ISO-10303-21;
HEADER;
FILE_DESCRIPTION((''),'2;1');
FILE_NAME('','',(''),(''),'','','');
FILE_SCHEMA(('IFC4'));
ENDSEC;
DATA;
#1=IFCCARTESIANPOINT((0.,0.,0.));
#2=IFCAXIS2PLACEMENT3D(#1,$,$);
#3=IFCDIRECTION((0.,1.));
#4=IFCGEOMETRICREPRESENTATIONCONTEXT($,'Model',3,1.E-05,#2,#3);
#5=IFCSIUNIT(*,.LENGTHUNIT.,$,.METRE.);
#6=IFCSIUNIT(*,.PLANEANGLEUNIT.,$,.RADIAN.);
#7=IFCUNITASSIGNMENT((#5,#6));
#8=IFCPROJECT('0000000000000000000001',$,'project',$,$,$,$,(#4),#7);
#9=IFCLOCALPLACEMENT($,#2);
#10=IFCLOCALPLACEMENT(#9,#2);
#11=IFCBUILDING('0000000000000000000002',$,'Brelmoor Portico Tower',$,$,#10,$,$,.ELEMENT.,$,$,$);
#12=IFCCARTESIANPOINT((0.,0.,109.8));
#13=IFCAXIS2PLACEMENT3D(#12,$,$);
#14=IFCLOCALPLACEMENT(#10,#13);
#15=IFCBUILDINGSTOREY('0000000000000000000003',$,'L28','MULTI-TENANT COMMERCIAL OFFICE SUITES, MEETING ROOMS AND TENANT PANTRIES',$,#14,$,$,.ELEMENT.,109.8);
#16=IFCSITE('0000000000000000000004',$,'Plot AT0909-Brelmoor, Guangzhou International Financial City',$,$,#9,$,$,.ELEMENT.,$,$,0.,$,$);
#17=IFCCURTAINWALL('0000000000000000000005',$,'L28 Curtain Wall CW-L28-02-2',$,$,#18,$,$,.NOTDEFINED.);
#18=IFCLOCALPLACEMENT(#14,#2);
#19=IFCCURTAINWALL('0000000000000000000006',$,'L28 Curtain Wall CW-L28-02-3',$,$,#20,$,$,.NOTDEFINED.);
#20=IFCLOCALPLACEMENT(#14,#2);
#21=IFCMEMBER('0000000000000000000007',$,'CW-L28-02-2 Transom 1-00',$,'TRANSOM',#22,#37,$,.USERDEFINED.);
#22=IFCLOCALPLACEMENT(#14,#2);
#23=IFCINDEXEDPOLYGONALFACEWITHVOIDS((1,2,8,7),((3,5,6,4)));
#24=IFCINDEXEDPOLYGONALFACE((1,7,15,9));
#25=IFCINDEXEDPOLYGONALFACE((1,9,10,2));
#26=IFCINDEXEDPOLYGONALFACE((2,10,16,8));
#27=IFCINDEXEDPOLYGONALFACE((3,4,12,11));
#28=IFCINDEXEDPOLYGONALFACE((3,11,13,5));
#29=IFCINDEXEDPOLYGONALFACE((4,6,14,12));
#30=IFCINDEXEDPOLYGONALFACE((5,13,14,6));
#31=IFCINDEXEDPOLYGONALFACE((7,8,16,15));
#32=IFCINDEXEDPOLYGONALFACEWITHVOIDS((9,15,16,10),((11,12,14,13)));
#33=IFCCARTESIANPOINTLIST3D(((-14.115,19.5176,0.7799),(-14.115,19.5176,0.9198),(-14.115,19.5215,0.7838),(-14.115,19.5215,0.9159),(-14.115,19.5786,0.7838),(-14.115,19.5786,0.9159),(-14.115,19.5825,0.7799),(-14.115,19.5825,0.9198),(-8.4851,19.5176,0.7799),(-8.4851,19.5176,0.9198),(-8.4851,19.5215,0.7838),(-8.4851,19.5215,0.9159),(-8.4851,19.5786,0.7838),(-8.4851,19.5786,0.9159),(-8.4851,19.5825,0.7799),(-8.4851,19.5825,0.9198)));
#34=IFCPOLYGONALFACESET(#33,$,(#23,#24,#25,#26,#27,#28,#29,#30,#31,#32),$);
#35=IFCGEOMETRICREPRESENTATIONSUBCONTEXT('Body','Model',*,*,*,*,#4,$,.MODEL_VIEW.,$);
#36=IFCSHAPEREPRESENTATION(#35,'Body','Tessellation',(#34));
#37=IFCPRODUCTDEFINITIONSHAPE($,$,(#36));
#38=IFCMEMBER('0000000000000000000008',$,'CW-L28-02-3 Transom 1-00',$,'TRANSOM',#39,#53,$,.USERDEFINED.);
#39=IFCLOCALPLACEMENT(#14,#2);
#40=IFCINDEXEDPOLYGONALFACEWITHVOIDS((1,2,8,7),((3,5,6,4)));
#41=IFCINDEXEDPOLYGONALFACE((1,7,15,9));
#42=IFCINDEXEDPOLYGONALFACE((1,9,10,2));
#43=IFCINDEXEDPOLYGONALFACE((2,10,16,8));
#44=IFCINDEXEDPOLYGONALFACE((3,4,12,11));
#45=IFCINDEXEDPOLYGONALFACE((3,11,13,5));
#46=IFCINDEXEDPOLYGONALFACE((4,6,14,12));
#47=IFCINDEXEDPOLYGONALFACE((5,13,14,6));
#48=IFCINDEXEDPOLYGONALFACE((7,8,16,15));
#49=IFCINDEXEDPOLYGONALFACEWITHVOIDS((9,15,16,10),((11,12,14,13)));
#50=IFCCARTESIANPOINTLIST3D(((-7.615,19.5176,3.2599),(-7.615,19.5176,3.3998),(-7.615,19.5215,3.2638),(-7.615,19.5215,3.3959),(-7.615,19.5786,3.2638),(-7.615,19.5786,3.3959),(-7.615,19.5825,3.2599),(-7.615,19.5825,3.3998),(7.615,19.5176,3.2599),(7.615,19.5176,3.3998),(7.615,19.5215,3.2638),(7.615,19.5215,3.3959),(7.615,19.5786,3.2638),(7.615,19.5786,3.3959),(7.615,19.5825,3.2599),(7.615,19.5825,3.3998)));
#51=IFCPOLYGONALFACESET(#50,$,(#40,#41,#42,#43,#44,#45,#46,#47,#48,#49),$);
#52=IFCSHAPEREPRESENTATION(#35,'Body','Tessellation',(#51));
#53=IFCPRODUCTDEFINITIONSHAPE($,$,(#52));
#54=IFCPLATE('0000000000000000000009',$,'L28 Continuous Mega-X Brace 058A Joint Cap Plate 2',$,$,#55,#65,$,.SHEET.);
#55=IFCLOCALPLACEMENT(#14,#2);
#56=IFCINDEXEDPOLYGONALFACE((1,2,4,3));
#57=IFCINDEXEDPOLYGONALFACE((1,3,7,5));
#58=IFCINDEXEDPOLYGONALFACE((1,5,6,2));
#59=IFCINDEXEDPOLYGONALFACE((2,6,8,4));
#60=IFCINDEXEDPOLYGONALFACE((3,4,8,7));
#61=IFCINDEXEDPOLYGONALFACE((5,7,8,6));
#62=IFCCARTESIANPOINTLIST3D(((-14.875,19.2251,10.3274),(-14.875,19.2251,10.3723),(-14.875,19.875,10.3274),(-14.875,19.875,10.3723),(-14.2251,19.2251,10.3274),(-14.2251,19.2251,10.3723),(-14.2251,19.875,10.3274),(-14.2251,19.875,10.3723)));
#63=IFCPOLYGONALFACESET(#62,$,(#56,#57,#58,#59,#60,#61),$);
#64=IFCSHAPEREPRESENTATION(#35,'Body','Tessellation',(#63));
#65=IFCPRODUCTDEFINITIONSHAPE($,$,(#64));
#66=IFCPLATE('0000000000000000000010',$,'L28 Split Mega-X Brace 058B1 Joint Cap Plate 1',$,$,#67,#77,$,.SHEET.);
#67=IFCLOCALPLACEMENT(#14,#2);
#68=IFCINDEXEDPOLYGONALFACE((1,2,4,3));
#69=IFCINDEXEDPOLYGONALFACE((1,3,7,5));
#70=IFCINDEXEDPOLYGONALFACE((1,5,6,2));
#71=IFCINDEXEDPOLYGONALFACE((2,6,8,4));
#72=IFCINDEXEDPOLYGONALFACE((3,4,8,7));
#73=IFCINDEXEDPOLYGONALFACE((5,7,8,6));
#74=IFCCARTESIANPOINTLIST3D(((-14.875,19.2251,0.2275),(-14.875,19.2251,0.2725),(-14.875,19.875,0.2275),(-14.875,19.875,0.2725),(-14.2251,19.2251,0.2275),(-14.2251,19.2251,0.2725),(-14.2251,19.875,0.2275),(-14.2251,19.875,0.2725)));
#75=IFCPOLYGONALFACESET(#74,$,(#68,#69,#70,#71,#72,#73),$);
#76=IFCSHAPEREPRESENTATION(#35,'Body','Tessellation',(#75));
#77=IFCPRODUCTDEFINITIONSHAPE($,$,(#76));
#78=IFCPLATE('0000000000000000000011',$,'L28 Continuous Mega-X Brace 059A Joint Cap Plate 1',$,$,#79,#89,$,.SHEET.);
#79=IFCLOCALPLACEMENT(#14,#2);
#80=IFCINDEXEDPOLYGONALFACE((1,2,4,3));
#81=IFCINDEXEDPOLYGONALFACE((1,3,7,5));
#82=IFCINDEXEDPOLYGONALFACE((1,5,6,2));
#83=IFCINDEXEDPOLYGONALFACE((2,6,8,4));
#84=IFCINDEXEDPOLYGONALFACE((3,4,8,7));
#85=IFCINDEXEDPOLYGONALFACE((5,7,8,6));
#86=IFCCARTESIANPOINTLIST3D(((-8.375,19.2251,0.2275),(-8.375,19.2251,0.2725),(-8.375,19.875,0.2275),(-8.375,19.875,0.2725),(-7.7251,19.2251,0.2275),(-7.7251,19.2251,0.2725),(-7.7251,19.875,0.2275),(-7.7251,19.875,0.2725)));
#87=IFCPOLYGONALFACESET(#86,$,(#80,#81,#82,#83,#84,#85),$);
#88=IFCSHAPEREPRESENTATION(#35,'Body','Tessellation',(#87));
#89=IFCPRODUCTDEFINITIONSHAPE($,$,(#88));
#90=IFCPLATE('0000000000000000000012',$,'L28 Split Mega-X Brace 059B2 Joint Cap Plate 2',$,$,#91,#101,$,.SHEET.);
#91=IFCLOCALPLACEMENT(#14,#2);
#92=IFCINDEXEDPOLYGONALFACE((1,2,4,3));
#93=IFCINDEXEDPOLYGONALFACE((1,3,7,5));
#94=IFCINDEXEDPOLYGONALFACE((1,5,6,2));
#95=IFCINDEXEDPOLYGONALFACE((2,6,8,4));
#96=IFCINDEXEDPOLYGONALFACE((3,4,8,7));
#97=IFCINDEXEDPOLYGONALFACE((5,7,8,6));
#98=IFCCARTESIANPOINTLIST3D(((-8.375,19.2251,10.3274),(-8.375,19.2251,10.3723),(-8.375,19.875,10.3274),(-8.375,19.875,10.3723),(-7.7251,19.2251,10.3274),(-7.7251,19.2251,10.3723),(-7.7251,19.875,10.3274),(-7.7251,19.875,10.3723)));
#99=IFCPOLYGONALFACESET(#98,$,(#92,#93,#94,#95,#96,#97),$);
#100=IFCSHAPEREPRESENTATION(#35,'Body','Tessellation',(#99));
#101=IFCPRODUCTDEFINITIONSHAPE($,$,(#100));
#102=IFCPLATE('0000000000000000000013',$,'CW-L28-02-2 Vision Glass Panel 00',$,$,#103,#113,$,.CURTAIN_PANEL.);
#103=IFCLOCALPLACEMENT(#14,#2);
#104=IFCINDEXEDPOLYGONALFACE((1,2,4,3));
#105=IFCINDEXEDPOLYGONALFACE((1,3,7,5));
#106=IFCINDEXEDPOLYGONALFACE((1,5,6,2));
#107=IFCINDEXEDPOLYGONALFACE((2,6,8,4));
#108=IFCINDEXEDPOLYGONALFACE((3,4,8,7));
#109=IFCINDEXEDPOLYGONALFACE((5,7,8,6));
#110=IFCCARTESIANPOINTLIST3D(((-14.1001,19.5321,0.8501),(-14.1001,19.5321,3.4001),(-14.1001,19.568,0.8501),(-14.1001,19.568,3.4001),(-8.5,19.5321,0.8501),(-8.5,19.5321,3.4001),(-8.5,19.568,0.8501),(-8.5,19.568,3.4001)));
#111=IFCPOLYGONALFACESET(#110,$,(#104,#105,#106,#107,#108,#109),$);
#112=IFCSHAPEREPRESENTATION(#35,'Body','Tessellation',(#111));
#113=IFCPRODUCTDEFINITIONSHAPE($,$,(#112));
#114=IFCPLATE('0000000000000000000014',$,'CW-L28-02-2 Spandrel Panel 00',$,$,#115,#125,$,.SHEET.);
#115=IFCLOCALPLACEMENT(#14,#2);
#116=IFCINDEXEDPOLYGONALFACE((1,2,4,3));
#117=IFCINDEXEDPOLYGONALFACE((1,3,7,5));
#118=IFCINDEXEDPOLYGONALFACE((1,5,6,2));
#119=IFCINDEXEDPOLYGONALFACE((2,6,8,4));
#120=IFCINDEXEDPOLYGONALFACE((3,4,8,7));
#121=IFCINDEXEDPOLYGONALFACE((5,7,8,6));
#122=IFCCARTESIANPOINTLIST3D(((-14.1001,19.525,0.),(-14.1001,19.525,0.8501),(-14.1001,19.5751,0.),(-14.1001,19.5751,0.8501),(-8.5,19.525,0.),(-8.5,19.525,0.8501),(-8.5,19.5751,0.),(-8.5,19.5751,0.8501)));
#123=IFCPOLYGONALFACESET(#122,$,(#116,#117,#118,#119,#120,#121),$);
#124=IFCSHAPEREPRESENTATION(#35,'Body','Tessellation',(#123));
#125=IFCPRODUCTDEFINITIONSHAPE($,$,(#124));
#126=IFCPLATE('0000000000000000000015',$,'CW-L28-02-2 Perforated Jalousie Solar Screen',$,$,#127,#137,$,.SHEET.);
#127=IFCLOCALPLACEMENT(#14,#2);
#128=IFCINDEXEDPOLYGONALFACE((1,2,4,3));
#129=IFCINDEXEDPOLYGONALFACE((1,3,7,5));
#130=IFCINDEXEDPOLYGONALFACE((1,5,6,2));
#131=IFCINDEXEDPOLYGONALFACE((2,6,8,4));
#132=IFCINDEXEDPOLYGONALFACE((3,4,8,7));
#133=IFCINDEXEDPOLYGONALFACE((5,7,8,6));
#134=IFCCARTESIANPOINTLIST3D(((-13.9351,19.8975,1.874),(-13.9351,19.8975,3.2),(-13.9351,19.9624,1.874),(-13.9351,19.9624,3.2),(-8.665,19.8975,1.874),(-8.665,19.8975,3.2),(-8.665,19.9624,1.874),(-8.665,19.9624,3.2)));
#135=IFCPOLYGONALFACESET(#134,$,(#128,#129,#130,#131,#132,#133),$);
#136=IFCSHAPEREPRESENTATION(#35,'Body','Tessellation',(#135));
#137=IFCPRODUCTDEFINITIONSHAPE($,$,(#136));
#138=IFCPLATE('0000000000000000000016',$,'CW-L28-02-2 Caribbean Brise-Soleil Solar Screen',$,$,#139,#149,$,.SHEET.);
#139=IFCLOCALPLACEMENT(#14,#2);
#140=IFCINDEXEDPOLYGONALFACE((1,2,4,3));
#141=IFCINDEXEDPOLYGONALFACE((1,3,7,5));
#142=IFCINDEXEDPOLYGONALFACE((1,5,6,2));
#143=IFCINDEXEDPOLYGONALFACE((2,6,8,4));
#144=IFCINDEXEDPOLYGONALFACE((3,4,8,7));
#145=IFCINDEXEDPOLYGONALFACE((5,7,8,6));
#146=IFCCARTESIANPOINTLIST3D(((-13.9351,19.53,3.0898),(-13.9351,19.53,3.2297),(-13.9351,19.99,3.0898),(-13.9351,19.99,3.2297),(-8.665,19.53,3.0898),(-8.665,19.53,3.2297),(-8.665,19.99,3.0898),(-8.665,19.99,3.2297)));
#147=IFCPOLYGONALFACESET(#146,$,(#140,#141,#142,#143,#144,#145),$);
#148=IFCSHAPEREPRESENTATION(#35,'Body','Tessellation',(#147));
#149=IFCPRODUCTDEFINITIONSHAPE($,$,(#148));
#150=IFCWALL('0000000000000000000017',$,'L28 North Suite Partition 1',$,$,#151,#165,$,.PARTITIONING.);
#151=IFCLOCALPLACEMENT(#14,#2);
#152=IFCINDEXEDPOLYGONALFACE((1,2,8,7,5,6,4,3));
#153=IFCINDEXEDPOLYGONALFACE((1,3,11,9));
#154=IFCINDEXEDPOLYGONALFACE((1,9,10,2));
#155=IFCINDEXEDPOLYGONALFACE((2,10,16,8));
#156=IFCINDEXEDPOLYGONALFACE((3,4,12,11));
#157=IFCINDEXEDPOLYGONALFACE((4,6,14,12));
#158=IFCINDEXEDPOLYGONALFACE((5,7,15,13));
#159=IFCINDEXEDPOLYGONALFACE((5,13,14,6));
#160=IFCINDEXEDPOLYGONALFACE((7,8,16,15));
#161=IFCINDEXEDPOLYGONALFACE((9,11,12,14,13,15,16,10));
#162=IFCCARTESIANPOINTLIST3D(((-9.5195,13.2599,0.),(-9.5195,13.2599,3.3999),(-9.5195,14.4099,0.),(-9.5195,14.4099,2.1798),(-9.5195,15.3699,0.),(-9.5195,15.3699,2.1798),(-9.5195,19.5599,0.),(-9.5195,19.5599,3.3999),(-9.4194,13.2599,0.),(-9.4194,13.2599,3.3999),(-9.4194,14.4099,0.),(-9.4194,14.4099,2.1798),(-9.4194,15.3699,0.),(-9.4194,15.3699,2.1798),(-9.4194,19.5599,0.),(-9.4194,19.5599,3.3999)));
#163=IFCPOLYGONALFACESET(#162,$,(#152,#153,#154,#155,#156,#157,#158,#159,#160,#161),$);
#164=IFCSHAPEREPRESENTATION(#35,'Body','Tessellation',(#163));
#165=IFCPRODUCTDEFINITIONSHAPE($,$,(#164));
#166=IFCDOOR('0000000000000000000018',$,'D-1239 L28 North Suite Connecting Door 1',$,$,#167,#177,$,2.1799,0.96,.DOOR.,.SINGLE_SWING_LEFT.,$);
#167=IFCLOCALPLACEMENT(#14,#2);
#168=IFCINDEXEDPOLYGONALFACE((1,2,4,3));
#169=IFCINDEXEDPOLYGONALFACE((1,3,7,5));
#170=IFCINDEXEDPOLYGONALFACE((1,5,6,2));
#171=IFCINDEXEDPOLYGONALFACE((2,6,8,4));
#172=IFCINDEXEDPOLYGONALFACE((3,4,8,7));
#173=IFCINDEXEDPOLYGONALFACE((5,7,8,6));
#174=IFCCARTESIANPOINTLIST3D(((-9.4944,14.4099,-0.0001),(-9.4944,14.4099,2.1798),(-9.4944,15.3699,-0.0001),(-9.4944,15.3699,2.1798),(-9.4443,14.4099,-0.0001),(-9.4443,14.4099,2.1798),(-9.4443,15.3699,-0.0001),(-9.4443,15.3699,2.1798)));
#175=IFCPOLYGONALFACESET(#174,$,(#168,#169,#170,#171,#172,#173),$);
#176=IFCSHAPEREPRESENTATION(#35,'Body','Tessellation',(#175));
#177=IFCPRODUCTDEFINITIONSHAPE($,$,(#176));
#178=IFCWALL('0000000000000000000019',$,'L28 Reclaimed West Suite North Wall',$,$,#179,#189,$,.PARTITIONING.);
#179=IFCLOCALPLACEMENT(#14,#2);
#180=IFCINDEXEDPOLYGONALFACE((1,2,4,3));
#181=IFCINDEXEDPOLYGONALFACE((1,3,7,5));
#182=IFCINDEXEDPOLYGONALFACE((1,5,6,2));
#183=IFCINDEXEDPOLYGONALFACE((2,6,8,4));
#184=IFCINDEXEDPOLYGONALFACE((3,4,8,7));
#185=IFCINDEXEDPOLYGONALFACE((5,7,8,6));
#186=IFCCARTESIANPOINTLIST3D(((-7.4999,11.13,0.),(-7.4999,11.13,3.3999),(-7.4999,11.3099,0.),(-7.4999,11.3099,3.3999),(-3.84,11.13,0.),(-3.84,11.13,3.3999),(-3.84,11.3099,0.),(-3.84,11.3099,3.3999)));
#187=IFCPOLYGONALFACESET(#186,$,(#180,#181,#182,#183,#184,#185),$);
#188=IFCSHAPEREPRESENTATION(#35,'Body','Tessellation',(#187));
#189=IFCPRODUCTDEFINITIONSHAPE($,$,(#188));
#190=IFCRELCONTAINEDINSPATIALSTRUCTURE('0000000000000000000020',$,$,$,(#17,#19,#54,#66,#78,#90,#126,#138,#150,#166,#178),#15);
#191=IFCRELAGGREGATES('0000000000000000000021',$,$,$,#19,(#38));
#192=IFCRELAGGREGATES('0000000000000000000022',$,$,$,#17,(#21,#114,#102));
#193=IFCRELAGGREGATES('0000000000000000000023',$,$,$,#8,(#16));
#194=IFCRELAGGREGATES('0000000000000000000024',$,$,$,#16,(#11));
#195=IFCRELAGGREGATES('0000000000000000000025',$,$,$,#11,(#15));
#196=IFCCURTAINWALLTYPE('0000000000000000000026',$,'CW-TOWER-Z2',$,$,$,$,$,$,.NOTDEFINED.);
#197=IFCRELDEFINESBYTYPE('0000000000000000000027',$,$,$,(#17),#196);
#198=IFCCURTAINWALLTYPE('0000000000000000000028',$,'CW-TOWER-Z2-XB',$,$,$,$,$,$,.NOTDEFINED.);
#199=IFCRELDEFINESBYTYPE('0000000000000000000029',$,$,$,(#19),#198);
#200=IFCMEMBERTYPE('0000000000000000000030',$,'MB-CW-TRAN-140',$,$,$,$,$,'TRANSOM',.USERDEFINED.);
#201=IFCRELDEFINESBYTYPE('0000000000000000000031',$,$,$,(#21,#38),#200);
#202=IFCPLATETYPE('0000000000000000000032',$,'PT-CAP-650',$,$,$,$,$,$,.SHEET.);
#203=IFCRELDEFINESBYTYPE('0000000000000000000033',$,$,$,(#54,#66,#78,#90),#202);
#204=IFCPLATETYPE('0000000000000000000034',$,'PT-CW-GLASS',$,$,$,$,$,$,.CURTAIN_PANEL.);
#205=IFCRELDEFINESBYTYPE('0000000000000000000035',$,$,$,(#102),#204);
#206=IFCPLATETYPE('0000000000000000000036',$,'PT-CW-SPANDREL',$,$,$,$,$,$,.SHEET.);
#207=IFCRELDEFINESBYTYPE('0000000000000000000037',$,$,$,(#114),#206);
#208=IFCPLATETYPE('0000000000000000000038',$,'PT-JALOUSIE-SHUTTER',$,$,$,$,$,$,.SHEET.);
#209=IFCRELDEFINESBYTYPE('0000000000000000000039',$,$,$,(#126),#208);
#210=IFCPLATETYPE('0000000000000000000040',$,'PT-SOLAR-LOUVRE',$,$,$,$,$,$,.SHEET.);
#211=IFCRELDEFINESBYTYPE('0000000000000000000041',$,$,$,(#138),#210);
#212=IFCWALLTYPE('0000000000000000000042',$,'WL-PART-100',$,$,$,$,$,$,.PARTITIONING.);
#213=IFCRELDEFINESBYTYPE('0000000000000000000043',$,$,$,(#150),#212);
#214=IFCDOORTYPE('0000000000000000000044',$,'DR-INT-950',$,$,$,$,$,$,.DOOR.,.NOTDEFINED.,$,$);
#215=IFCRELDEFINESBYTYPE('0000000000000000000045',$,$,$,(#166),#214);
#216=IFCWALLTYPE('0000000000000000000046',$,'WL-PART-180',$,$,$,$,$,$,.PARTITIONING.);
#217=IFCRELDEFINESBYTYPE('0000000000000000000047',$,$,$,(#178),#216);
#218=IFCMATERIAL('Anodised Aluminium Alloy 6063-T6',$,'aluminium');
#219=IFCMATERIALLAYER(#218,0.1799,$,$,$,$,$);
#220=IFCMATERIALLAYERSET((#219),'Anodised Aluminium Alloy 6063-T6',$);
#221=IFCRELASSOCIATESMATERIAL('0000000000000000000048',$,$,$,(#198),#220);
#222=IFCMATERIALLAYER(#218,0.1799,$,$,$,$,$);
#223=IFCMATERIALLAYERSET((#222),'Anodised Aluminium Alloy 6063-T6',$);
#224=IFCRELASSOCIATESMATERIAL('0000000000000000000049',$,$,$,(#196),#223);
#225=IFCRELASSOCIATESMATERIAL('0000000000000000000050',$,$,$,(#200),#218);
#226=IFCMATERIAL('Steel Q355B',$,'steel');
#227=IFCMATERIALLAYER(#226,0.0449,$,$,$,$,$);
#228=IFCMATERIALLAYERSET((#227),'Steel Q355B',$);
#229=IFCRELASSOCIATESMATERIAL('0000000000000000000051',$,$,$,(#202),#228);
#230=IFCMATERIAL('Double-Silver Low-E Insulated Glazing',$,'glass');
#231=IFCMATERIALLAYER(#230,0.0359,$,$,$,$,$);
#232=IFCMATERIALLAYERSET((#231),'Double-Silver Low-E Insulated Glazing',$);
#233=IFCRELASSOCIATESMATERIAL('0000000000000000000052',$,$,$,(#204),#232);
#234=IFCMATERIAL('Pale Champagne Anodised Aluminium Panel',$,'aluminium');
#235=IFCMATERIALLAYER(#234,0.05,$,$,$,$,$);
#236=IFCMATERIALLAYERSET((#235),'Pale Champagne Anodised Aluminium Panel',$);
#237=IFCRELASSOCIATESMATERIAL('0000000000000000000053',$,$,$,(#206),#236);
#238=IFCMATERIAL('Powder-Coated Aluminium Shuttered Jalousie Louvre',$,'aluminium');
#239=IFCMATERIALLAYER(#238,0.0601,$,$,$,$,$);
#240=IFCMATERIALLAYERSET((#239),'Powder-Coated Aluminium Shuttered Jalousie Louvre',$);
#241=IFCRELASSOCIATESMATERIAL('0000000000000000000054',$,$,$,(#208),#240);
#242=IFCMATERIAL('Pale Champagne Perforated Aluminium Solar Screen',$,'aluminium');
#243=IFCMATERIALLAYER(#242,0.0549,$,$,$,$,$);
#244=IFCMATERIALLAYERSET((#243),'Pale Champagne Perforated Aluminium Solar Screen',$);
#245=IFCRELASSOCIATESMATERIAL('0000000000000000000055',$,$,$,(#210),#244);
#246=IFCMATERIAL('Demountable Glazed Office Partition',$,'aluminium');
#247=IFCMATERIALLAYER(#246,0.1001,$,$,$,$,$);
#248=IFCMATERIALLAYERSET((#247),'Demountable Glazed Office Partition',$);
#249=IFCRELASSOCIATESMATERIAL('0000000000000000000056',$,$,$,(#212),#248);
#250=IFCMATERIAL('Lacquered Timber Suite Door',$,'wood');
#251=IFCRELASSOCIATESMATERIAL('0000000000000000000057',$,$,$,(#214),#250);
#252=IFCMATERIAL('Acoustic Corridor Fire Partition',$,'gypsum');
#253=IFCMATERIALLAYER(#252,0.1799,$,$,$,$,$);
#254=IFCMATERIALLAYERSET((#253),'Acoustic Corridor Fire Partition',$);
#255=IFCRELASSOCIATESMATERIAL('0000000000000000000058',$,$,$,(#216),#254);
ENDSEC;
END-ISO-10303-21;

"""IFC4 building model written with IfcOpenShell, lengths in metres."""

from ifc_helpers import new_model, si_unit, direction, frame, frame_2d, origin, origin_2d, place, context, subcontext, project, spatial, rectangle, hollow_rectangle, extrude, material, layer, layer_set, material_profile, profile_set, type_object, element, fill, aggregate, save


model = new_model("IFC4")

# Units and contexts
model_context = context("Model", 3, precision=1e-05, world=origin(), true_north=direction((0.0, 1.0)))
body_context = subcontext(model_context, "Body", "Model", "MODEL_VIEW")
ifc_project = project(units=[si_unit("LENGTHUNIT", "METRE"), si_unit("PLANEANGLEUNIT", "RADIAN")], contexts=[model_context])

# Site, building, storey
site_placement = place(None, origin())
site = spatial("IfcSite", under=ifc_project, at=site_placement, Name="Plot AT0909-Brelmoor, Guangzhou International Financial City", CompositionType="ELEMENT", RefElevation=0.0)
building_placement = place(site_placement, origin())
building = spatial("IfcBuilding", under=site, at=building_placement, Name="Brelmoor Portico Tower", CompositionType="ELEMENT")
storey_placement = place(building_placement, frame((0.0, 0.0, 109.8)))
storey = spatial("IfcBuildingStorey", under=building, at=storey_placement, Name="L28", Description="MULTI-TENANT COMMERCIAL OFFICE SUITES, MEETING ROOMS AND TENANT PANTRIES", CompositionType="ELEMENT", Elevation=109.8)

# Shared definitions
ifc_material_1 = material(Name="Steel Q355B", Category="steel")

# Shared definitions
ifc_material_2 = material(Name="Anodised Aluminium Alloy 6063-T6", Category="aluminium")
ifc_layer_1 = layer(ifc_material_2, 0.1799)
ifc_layer_set_1 = layer_set([ifc_layer_1], Name="Anodised Aluminium Alloy 6063-T6")
curtain_wall_type_1 = type_object("IfcCurtainWallType", Name="CW-TOWER-Z2-XB", PredefinedType="NOTDEFINED", material=ifc_layer_set_1)

# Curtain wall
ifc_layer_2 = layer(ifc_material_2, 0.1799)
ifc_layer_set_2 = layer_set([ifc_layer_2], Name="Anodised Aluminium Alloy 6063-T6")
curtain_wall_type_2 = type_object("IfcCurtainWallType", Name="CW-TOWER-Z2", PredefinedType="NOTDEFINED", material=ifc_layer_set_2)
curtain_wall_1_placement = place(storey_placement, origin())
curtain_wall_1 = element("IfcCurtainWall", 1, at=curtain_wall_1_placement, inside=storey, type_object=curtain_wall_type_2, Name="L28 Curtain Wall CW-L28-02-2", PredefinedType="NOTDEFINED")

# Curtain wall
curtain_wall_2_placement = place(storey_placement, origin())
curtain_wall_2 = element("IfcCurtainWall", 2, at=curtain_wall_2_placement, inside=storey, type_object=curtain_wall_type_1, Name="L28 Curtain Wall CW-L28-02-3", PredefinedType="NOTDEFINED")

# Members
ifc_material_profile_1 = material_profile(ifc_material_2, hollow_rectangle(XDim=0.0649, YDim=0.1399, WallThickness=0.0039, at=origin_2d()), Name="ALU TRANSOM 65x140")
ifc_profile_set_1 = profile_set([ifc_material_profile_1], Name="Anodised Aluminium Alloy 6063-T6")
member_type_1 = type_object("IfcMemberType", Name="MB-CW-TRAN-140", ElementType="TRANSOM", PredefinedType="USERDEFINED", material=ifc_profile_set_1)
member_1_placement = place(storey_placement, frame((-14.115, 19.55, 0.8499), z_axis=(1.0, 0.0, 0.0), x_axis=(0.0, 1.0, 0.0)))
member_1 = element("IfcMember", 3, at=member_1_placement, type_object=member_type_1, Name="CW-L28-02-2 Transom 1-00", ObjectType="TRANSOM", PredefinedType="USERDEFINED", context=body_context, shape_type="SweptSolid", body=[
    extrude(hollow_rectangle(XDim=0.0649, YDim=0.1399, WallThickness=0.0039, at=origin_2d()), origin(), (0.0, 0.0, 1.0), 5.6299),
])
member_2_placement = place(storey_placement, frame((-7.615, 19.55, 3.3298), z_axis=(1.0, 0.0, 0.0), x_axis=(0.0, 1.0, 0.0)))
member_2 = element("IfcMember", 4, at=member_2_placement, type_object=member_type_1, Name="CW-L28-02-3 Transom 1-00", ObjectType="TRANSOM", PredefinedType="USERDEFINED", context=body_context, shape_type="SweptSolid", body=[
    extrude(hollow_rectangle(XDim=0.0649, YDim=0.1399, WallThickness=0.0039, at=origin_2d()), origin(), (0.0, 0.0, 1.0), 15.23),
])
aggregate(curtain_wall_2, [member_2])

# Plates
ifc_layer_3 = layer(ifc_material_1, 0.0449)
ifc_layer_set_3 = layer_set([ifc_layer_3], Name="Steel Q355B")
plate_type_1 = type_object("IfcPlateType", Name="PT-CAP-650", PredefinedType="SHEET", material=ifc_layer_set_3)
for number, where, z_axis, x_axis, name in (
    (5, (-14.55, 19.55, 10.3274), (0.0, 0.0, 1.0), (1.0, 0.0, 0.0), "L28 Continuous Mega-X Brace 058A Joint Cap Plate 2"),
    (6, (-14.55, 19.55, 0.2275), (0.0, 0.0, 1.0), (1.0, 0.0, 0.0), "L28 Split Mega-X Brace 058B1 Joint Cap Plate 1"),
    (7, (-8.05, 19.55, 0.2275), (0.0, 0.0, 1.0), (1.0, 0.0, 0.0), "L28 Continuous Mega-X Brace 059A Joint Cap Plate 1"),
    (8, (-8.05, 19.55, 10.3274), (0.0, 0.0, 1.0), (1.0, 0.0, 0.0), "L28 Split Mega-X Brace 059B2 Joint Cap Plate 2"),
):
    element("IfcPlate", number, at=place(storey_placement, frame(where, z_axis=z_axis, x_axis=x_axis)), inside=storey, type_object=plate_type_1, Name=name, PredefinedType="SHEET", context=body_context, shape_type="SweptSolid", body=[
        extrude(rectangle(XDim=0.6499, YDim=0.6499, at=origin_2d()), origin(), (0.0, 0.0, 1.0), 0.0449),
    ])

# Plates
ifc_material_3 = material(Name="Double-Silver Low-E Insulated Glazing", Category="glass")
ifc_layer_4 = layer(ifc_material_3, 0.0359)
ifc_layer_set_4 = layer_set([ifc_layer_4], Name="Double-Silver Low-E Insulated Glazing")
plate_type_2 = type_object("IfcPlateType", Name="PT-CW-GLASS", PredefinedType="CURTAIN_PANEL", material=ifc_layer_set_4)
plate_1_placement = place(storey_placement, frame((-11.3, 19.55, 0.8501), z_axis=(0.0, 0.0, 1.0), x_axis=(1.0, 0.0, 0.0)))
plate_1 = element("IfcPlate", 9, at=plate_1_placement, type_object=plate_type_2, Name="CW-L28-02-2 Vision Glass Panel 00", PredefinedType="CURTAIN_PANEL", context=body_context, shape_type="SweptSolid", body=[
    extrude(rectangle(XDim=5.6001, YDim=0.0359, at=origin_2d()), origin(), (0.0, 0.0, 1.0), 2.55),
])
ifc_material_4 = material(Name="Pale Champagne Anodised Aluminium Panel", Category="aluminium")
ifc_layer_5 = layer(ifc_material_4, 0.05)
ifc_layer_set_5 = layer_set([ifc_layer_5], Name="Pale Champagne Anodised Aluminium Panel")
plate_type_3 = type_object("IfcPlateType", Name="PT-CW-SPANDREL", PredefinedType="SHEET", material=ifc_layer_set_5)
plate_2_placement = place(storey_placement, frame((-11.3, 19.55, 0.0), z_axis=(0.0, 0.0, 1.0), x_axis=(1.0, 0.0, 0.0)))
plate_2 = element("IfcPlate", 10, at=plate_2_placement, type_object=plate_type_3, Name="CW-L28-02-2 Spandrel Panel 00", PredefinedType="SHEET", context=body_context, shape_type="SweptSolid", body=[
    extrude(rectangle(XDim=5.6001, YDim=0.05, at=origin_2d()), origin(), (0.0, 0.0, 1.0), 0.8501),
])
aggregate(curtain_wall_1, [member_1, plate_2, plate_1])

# Plates
ifc_material_5 = material(Name="Powder-Coated Aluminium Shuttered Jalousie Louvre", Category="aluminium")
ifc_layer_6 = layer(ifc_material_5, 0.0601)
ifc_layer_set_6 = layer_set([ifc_layer_6], Name="Powder-Coated Aluminium Shuttered Jalousie Louvre")
plate_type_4 = type_object("IfcPlateType", Name="PT-JALOUSIE-SHUTTER", PredefinedType="SHEET", material=ifc_layer_set_6)
plate_3_placement = place(storey_placement, frame((-11.3, 19.9299, 1.874), z_axis=(0.0, 0.0, 1.0), x_axis=(1.0, 0.0, 0.0)))
element("IfcPlate", 11, at=plate_3_placement, inside=storey, type_object=plate_type_4, Name="CW-L28-02-2 Perforated Jalousie Solar Screen", PredefinedType="SHEET", context=body_context, shape_type="SweptSolid", body=[
    extrude(rectangle(XDim=5.27, YDim=0.0649, at=origin_2d()), origin(), (0.0, 0.0, 1.0), 1.3259),
])
ifc_material_6 = material(Name="Pale Champagne Perforated Aluminium Solar Screen", Category="aluminium")
ifc_layer_7 = layer(ifc_material_6, 0.0549)
ifc_layer_set_7 = layer_set([ifc_layer_7], Name="Pale Champagne Perforated Aluminium Solar Screen")
plate_type_5 = type_object("IfcPlateType", Name="PT-SOLAR-LOUVRE", PredefinedType="SHEET", material=ifc_layer_set_7)
plate_4_placement = place(storey_placement, frame((-11.3, 19.76, 3.0898), z_axis=(0.0, 0.0, 1.0), x_axis=(1.0, 0.0, 0.0)))
element("IfcPlate", 12, at=plate_4_placement, inside=storey, type_object=plate_type_5, Name="CW-L28-02-2 Caribbean Brise-Soleil Solar Screen", PredefinedType="SHEET", context=body_context, shape_type="SweptSolid", body=[
    extrude(rectangle(XDim=5.27, YDim=0.46, at=origin_2d()), origin(), (0.0, 0.0, 1.0), 0.1399),
])

# Wall, opening, door
ifc_material_7 = material(Name="Demountable Glazed Office Partition", Category="aluminium")
ifc_layer_8 = layer(ifc_material_7, 0.1001)
ifc_layer_set_8 = layer_set([ifc_layer_8], Name="Demountable Glazed Office Partition")
wall_type_1 = type_object("IfcWallType", Name="WL-PART-100", PredefinedType="PARTITIONING", material=ifc_layer_set_8)
wall_1_placement = place(storey_placement, frame((-9.4695, 13.26, 0.0), z_axis=(0.0, 0.0, 1.0), x_axis=(0.0, 1.0, 0.0)))
wall_1 = element("IfcWall", 13, at=wall_1_placement, inside=storey, type_object=wall_type_1, Name="L28 North Suite Partition 1", PredefinedType="PARTITIONING", context=body_context, shape_type="SweptSolid", body=[
    extrude(rectangle(XDim=6.3, YDim=0.1001, at=frame_2d((3.1499, 0.0))), origin(), (0.0, 0.0, 1.0), 3.3999),
])
opening_1_placement = place(wall_1_placement, frame((1.1499, 0.0, 0.0)))
opening_1 = element("IfcOpeningElement", 14, at=opening_1_placement, cuts=wall_1, PredefinedType="OPENING", context=body_context, shape_type="SweptSolid", body=[
    extrude(rectangle(XDim=0.96, YDim=2.1799, at=frame_2d((0.48, 1.0898))), frame((0.0, 0.0601, 0.0), z_axis=(0.0, -1.0, 0.0), x_axis=(1.0, 0.0, 0.0)), (0.0, 0.0, 1.0), 0.1201),
])
ifc_material_8 = material(Name="Lacquered Timber Suite Door", Category="wood")
door_type_1 = type_object("IfcDoorType", Name="DR-INT-950", OperationType="NOTDEFINED", PredefinedType="DOOR", material=ifc_material_8)
door_1_placement = place(opening_1_placement, origin())
door_1 = element("IfcDoor", 15, at=door_1_placement, inside=storey, type_object=door_type_1, Name="D-1239 L28 North Suite Connecting Door 1", OperationType="SINGLE_SWING_LEFT", OverallHeight=2.1799, OverallWidth=0.96, PredefinedType="DOOR", context=body_context, shape_type="SweptSolid", body=[
    extrude(rectangle(XDim=0.96, YDim=2.1799, at=frame_2d((0.48, 1.0898))), frame((0.0, 0.0249, 0.0), z_axis=(0.0, -1.0, 0.0), x_axis=(1.0, 0.0, 0.0)), (0.0, 0.0, 1.0), 0.05),
])
fill(opening_1, door_1)

# Wall
ifc_material_9 = material(Name="Acoustic Corridor Fire Partition", Category="gypsum")
ifc_layer_9 = layer(ifc_material_9, 0.1799)
ifc_layer_set_9 = layer_set([ifc_layer_9], Name="Acoustic Corridor Fire Partition")
wall_type_2 = type_object("IfcWallType", Name="WL-PART-180", PredefinedType="PARTITIONING", material=ifc_layer_set_9)
wall_2_placement = place(storey_placement, frame((-7.5, 11.22, 0.0), z_axis=(0.0, 0.0, 1.0), x_axis=(1.0, 0.0, 0.0)))
element("IfcWall", 16, at=wall_2_placement, inside=storey, type_object=wall_type_2, Name="L28 Reclaimed West Suite North Wall", PredefinedType="PARTITIONING", context=body_context, shape_type="SweptSolid", body=[
    extrude(rectangle(XDim=3.6599, YDim=0.1799, at=frame_2d((1.8301, 0.0))), origin(), (0.0, 0.0, 1.0), 3.3999),
])

save(model, "model.ifc")
